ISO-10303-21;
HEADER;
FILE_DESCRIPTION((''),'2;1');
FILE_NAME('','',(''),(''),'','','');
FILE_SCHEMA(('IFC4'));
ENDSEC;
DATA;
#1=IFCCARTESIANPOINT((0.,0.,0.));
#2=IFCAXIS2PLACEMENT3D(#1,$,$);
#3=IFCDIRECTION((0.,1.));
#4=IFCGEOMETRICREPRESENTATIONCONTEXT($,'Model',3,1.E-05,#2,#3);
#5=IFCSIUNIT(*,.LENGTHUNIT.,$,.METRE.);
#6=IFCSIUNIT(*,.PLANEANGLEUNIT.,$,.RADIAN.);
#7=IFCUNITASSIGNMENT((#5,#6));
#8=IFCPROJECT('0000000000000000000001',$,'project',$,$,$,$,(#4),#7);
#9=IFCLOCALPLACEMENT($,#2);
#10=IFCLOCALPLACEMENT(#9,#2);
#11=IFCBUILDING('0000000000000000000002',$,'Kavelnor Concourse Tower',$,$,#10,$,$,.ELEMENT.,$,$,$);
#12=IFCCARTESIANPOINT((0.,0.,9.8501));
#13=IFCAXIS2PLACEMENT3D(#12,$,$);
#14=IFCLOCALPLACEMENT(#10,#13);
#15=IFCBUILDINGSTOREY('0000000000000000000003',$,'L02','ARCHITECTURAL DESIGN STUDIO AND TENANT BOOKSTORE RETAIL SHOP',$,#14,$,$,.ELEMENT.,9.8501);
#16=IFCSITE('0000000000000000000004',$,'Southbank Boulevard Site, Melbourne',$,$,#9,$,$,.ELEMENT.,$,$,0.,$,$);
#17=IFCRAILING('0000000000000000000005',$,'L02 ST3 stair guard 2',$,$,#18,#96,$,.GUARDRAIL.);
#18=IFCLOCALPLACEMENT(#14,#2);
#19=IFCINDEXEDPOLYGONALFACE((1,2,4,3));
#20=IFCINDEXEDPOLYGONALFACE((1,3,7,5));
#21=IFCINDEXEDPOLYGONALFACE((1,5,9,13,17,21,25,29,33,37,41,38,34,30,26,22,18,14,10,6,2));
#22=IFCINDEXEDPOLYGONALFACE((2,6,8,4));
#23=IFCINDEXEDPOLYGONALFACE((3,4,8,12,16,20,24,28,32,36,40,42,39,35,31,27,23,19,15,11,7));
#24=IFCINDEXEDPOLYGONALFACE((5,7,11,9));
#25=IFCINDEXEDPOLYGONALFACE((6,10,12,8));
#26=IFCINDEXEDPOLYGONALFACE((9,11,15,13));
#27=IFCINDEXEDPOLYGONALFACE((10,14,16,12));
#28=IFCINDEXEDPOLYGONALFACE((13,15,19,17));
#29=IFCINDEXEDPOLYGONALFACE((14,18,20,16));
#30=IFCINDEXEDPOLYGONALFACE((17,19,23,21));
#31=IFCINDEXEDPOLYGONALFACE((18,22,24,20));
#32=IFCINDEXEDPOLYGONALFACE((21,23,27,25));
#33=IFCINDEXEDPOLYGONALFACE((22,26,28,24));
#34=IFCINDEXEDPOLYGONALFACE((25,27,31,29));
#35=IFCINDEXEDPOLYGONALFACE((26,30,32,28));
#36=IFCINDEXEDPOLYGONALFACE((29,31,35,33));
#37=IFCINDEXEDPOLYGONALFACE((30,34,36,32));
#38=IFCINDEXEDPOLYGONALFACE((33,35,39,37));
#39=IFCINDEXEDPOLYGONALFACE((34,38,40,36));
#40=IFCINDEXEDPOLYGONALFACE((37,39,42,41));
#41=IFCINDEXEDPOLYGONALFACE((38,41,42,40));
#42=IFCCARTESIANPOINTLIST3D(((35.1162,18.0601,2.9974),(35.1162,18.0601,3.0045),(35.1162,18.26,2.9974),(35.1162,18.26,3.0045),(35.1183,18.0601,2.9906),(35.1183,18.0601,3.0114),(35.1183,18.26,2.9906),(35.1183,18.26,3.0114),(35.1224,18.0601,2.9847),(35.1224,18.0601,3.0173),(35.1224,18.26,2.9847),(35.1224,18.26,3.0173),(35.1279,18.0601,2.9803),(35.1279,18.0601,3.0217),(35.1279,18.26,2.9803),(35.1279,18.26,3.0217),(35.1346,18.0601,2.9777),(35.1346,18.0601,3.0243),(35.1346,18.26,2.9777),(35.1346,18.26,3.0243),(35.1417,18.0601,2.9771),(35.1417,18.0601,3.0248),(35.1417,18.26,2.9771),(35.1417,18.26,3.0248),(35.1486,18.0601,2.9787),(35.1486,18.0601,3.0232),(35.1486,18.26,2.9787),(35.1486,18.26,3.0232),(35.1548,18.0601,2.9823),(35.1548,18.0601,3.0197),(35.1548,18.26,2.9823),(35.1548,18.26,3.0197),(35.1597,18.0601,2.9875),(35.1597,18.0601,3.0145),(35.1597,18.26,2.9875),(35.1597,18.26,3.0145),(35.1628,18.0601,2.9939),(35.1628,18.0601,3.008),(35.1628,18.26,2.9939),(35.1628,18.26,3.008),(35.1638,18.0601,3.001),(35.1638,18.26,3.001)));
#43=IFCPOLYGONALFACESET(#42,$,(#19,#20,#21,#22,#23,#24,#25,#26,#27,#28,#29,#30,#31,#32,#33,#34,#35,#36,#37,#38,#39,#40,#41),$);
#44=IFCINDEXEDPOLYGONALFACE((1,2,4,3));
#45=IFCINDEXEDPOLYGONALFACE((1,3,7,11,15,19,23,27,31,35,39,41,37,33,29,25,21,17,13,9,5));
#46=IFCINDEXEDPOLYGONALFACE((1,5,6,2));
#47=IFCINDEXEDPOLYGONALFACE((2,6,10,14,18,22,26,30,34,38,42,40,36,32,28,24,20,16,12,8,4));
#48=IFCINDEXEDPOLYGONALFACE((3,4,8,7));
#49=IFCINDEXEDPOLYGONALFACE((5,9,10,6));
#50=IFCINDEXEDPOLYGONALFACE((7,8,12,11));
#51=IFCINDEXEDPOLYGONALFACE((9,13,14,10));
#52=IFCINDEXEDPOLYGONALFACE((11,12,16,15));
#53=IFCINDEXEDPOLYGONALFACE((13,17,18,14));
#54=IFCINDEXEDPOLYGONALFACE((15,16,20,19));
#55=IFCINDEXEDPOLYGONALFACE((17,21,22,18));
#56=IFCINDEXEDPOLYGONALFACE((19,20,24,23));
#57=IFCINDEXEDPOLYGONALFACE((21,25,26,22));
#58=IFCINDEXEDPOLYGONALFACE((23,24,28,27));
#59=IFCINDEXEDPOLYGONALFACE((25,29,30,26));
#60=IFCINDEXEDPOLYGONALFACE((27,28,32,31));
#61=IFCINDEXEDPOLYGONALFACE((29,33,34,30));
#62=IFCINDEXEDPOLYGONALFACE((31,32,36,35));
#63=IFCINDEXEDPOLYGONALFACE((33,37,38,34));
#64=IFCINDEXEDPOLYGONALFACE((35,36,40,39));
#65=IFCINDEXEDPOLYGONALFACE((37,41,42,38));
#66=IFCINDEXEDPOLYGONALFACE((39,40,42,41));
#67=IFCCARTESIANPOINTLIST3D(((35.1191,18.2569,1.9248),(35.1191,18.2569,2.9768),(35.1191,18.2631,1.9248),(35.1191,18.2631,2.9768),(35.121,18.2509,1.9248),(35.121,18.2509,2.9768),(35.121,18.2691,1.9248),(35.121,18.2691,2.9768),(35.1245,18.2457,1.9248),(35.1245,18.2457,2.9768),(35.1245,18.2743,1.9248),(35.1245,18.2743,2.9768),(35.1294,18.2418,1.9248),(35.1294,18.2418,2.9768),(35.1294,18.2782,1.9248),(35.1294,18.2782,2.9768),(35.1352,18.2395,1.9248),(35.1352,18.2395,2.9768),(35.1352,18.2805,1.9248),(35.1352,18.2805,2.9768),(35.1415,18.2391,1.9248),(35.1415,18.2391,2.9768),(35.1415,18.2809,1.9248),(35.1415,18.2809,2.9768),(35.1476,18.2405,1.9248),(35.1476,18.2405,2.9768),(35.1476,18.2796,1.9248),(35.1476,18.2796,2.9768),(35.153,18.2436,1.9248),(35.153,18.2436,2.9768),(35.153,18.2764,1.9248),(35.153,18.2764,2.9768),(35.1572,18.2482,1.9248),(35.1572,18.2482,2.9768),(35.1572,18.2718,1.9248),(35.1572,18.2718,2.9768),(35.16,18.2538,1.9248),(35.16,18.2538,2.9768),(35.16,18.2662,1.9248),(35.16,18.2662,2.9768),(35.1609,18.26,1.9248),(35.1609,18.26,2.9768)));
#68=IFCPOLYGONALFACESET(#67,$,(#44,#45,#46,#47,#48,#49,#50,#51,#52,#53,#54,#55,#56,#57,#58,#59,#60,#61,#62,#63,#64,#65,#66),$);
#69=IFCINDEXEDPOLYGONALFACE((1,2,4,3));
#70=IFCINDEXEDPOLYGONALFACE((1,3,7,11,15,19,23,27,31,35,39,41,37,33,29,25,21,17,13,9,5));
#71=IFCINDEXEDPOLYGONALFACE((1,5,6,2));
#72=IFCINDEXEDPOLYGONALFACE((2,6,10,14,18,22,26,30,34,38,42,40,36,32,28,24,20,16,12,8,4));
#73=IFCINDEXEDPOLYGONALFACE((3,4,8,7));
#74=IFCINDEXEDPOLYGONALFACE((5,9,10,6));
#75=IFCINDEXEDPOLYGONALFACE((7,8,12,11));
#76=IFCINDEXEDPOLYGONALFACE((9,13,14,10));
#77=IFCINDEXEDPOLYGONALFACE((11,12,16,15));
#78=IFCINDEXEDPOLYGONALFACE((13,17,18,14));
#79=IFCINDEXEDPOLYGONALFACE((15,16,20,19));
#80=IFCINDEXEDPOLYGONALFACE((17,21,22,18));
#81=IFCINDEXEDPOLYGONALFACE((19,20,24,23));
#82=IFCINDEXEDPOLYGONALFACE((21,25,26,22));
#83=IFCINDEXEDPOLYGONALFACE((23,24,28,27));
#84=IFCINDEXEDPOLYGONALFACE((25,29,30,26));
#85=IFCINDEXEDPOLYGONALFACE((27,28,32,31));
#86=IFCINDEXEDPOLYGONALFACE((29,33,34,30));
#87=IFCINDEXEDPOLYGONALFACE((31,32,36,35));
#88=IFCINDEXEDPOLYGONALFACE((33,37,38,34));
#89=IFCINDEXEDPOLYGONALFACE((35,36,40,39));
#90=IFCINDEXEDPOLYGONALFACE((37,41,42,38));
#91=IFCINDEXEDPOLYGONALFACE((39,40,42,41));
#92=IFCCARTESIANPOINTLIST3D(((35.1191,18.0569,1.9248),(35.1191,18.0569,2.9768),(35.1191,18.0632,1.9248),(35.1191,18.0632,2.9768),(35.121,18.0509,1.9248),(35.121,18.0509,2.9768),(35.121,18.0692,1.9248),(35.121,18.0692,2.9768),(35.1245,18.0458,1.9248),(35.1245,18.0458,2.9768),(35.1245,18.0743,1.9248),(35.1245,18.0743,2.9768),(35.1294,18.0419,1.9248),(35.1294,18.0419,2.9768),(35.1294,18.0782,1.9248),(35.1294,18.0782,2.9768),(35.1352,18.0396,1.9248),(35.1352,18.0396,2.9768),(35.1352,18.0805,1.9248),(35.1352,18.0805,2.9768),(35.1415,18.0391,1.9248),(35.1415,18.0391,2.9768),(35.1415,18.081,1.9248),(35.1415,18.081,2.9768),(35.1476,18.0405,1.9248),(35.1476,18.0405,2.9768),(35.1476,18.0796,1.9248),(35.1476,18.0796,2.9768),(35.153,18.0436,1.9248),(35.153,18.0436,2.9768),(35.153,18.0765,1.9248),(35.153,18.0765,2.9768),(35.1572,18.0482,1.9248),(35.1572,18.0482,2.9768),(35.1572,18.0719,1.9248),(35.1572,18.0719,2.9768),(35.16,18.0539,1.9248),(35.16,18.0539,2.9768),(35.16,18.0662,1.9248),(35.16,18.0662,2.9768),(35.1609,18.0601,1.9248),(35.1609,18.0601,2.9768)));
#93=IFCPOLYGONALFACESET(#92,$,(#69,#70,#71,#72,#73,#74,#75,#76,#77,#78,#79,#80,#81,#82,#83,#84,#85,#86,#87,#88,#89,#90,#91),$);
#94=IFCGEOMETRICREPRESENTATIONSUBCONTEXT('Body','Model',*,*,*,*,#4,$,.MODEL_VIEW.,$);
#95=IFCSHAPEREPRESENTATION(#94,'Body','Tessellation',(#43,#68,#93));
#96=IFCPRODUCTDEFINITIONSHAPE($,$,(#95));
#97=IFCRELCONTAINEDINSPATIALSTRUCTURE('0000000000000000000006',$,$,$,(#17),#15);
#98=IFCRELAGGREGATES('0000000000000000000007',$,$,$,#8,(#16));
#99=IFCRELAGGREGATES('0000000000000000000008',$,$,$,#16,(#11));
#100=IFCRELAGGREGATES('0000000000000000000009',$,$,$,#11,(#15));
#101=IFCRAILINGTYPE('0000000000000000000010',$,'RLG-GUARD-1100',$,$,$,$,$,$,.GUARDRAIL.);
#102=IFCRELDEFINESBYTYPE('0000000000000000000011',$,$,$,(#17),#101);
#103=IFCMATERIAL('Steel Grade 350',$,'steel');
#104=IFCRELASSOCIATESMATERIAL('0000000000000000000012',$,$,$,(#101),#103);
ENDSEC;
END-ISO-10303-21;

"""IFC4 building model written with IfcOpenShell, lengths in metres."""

from ifc_helpers import new_model, si_unit, direction, frame, origin, origin_2d, place, context, subcontext, project, spatial, circle, extrude, material, type_object, element, save


model = new_model("IFC4")

# Units and contexts
model_context = context("Model", 3, precision=1e-05, world=origin(), true_north=direction((0.0, 1.0)))
body_context = subcontext(model_context, "Body", "Model", "MODEL_VIEW")
ifc_project = project(units=[si_unit("LENGTHUNIT", "METRE"), si_unit("PLANEANGLEUNIT", "RADIAN")], contexts=[model_context])

# Site, building, storey
site_placement = place(None, origin())
site = spatial("IfcSite", under=ifc_project, at=site_placement, Name="Southbank Boulevard Site, Melbourne", CompositionType="ELEMENT", RefElevation=0.0)
building_placement = place(site_placement, origin())
building = spatial("IfcBuilding", under=site, at=building_placement, Name="Kavelnor Concourse Tower", CompositionType="ELEMENT")
storey_placement = place(building_placement, frame((0.0, 0.0, 9.8501)))
storey = spatial("IfcBuildingStorey", under=building, at=storey_placement, Name="L02", Description="ARCHITECTURAL DESIGN STUDIO AND TENANT BOOKSTORE RETAIL SHOP", CompositionType="ELEMENT", Elevation=9.8501)

# Shared definitions
ifc_material_1 = material(Name="Steel Grade 350", Category="steel")

# Railing
railing_type_1 = type_object("IfcRailingType", Name="RLG-GUARD-1100", PredefinedType="GUARDRAIL", material=ifc_material_1)
railing_1_placement = place(storey_placement, frame((35.1399, 18.26, 1.9248)))
element("IfcRailing", 1, at=railing_1_placement, inside=storey, type_object=railing_type_1, Name="L02 ST3 stair guard 2", PredefinedType="GUARDRAIL", context=body_context, shape_type="SweptSolid", body=[
    extrude(circle(Radius=0.0239, at=origin_2d()), frame((0.0, 0.0, 1.0762), z_axis=(0.0, -1.0, 0.0), x_axis=(1.0, 0.0, 0.0)), (0.0, 0.0, 1.0), 0.2),
    extrude(circle(Radius=0.021, at=origin_2d()), origin(), (0.0, 0.0, 1.0), 1.052),
    extrude(circle(Radius=0.021, at=origin_2d()), frame((0.0, -0.2, 0.0)), (0.0, 0.0, 1.0), 1.052),
])

save(model, "model.ifc")
